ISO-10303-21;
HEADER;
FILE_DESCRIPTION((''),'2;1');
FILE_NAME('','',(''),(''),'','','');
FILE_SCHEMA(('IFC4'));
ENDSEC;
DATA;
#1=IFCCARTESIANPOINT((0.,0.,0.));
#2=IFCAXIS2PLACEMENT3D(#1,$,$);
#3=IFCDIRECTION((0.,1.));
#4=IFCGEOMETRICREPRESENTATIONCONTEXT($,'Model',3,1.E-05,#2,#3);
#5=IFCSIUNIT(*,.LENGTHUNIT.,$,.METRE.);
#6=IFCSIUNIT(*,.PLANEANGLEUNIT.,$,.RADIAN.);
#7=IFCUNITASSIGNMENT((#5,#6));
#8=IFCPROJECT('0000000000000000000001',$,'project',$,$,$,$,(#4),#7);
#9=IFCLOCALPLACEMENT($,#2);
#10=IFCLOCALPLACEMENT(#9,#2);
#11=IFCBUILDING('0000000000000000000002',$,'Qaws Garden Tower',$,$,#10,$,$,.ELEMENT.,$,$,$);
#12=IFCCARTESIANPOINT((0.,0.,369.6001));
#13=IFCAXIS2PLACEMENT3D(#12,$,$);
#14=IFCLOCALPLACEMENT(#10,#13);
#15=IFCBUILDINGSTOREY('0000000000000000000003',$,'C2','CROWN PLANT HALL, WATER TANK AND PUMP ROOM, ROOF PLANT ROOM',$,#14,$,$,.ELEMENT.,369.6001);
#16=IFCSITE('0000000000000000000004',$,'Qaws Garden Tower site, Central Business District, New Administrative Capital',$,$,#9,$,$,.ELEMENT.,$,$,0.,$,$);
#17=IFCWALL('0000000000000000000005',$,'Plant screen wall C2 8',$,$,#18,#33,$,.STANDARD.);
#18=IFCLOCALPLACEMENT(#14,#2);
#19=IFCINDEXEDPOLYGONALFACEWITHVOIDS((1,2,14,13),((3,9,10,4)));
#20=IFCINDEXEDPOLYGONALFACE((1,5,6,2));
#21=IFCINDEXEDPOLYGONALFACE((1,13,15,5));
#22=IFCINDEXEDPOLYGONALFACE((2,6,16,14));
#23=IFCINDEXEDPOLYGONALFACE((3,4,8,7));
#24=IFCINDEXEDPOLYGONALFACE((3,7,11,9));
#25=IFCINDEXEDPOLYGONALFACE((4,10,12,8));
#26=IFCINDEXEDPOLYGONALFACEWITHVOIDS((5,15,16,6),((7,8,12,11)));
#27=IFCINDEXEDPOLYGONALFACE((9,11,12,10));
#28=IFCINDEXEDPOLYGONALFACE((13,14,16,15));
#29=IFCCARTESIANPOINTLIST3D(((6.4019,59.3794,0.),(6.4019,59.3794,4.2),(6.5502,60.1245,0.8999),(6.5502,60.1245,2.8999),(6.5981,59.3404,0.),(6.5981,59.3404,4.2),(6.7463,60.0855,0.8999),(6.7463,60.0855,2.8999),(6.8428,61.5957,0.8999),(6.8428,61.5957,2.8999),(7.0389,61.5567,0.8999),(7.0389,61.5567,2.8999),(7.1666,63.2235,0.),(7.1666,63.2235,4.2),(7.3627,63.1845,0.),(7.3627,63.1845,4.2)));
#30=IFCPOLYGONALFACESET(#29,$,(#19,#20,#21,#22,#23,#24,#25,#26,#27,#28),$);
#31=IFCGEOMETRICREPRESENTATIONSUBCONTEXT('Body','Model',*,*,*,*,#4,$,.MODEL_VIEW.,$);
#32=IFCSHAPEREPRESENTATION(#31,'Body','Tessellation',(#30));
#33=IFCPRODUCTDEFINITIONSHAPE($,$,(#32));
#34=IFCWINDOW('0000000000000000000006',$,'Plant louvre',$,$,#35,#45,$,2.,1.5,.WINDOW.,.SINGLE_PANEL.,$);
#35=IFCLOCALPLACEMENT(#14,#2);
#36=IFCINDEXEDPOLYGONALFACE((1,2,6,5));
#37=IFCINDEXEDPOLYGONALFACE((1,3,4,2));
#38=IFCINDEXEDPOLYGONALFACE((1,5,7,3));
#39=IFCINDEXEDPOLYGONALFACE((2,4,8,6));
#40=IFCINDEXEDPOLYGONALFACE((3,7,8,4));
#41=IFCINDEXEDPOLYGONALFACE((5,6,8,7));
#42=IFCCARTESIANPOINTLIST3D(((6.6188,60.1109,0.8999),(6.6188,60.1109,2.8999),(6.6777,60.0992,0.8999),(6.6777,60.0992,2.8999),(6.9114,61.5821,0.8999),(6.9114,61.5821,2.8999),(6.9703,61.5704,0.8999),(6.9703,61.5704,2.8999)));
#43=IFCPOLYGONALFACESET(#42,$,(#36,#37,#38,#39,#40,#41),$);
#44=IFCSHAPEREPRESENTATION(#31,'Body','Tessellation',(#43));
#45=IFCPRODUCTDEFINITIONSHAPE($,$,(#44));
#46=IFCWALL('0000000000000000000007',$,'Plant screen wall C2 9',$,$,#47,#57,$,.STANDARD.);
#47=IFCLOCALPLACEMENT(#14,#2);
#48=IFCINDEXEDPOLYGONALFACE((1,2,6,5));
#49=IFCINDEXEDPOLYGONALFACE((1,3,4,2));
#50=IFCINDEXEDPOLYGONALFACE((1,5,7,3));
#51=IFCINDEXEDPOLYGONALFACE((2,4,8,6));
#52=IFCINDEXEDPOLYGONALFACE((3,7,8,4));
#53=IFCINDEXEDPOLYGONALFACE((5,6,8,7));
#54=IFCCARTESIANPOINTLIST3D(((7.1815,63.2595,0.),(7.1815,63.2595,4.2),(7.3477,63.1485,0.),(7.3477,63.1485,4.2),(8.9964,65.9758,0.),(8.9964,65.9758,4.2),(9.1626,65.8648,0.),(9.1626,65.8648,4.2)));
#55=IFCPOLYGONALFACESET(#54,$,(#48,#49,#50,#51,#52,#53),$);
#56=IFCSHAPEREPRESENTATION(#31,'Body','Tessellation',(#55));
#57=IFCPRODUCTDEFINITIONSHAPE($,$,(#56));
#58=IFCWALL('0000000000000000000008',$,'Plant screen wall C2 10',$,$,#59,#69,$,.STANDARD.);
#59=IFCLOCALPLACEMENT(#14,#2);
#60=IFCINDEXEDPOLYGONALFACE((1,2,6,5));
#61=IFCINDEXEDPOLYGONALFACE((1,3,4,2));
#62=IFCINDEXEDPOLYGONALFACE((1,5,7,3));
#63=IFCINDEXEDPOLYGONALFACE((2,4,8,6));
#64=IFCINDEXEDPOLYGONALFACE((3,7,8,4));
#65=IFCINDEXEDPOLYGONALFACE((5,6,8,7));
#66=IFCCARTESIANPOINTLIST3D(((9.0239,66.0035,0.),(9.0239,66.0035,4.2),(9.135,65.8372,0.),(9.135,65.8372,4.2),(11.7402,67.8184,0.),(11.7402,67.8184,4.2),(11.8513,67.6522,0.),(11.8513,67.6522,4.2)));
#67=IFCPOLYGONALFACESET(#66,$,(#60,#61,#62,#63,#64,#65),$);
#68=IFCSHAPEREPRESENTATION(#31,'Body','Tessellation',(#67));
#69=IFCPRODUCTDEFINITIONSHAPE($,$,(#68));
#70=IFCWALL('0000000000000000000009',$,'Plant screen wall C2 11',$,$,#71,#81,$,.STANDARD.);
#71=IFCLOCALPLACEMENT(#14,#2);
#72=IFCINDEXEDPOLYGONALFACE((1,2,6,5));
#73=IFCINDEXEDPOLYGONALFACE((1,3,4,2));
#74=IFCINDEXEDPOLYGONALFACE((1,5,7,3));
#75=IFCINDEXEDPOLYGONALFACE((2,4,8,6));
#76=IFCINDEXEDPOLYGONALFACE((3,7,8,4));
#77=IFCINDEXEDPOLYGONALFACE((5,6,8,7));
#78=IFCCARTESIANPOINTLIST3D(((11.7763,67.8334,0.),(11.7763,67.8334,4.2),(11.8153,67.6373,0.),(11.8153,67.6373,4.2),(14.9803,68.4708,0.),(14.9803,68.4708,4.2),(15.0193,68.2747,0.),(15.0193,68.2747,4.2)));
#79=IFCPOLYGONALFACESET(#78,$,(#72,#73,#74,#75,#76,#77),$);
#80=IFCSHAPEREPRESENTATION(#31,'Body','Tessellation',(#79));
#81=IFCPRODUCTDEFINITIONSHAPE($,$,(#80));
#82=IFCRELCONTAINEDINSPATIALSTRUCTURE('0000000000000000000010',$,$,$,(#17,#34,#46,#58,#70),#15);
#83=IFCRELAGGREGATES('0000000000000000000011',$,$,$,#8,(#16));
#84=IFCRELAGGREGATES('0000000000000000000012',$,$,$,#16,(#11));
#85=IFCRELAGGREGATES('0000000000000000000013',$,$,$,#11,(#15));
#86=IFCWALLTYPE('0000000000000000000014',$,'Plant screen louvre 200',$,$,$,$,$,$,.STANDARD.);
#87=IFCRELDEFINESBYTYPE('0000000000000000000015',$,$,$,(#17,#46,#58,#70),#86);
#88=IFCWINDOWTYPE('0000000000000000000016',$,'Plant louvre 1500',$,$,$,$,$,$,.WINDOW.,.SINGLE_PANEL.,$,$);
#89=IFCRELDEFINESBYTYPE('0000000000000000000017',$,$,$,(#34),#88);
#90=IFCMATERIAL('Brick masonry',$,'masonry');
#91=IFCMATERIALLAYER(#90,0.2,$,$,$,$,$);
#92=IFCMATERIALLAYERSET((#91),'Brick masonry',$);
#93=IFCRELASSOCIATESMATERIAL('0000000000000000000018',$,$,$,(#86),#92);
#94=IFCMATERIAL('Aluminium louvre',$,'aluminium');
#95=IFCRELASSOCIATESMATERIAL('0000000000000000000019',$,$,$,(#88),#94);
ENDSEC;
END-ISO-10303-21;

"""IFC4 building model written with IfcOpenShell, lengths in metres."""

from ifc_helpers import new_model, si_unit, direction, frame, frame_2d, origin, place, context, subcontext, project, spatial, rectangle, extrude, material, layer, layer_set, type_object, element, fill, save


model = new_model("IFC4")

# Units and contexts
model_context = context("Model", 3, precision=1e-05, world=origin(), true_north=direction((0.0, 1.0)))
body_context = subcontext(model_context, "Body", "Model", "MODEL_VIEW")
ifc_project = project(units=[si_unit("LENGTHUNIT", "METRE"), si_unit("PLANEANGLEUNIT", "RADIAN")], contexts=[model_context])

# Site, building, storey
site_placement = place(None, origin())
site = spatial("IfcSite", under=ifc_project, at=site_placement, Name="Qaws Garden Tower site, Central Business District, New Administrative Capital", CompositionType="ELEMENT", RefElevation=0.0)
building_placement = place(site_placement, origin())
building = spatial("IfcBuilding", under=site, at=building_placement, Name="Qaws Garden Tower", CompositionType="ELEMENT")
storey_placement = place(building_placement, frame((0.0, 0.0, 369.6001)))
storey = spatial("IfcBuildingStorey", under=building, at=storey_placement, Name="C2", Description="CROWN PLANT HALL, WATER TANK AND PUMP ROOM, ROOF PLANT ROOM", CompositionType="ELEMENT", Elevation=369.6001)

# Wall, opening, window
ifc_material_1 = material(Name="Brick masonry", Category="masonry")
ifc_layer_1 = layer(ifc_material_1, 0.2)
ifc_layer_set_1 = layer_set([ifc_layer_1], Name="Brick masonry")
wall_type_1 = type_object("IfcWallType", Name="Plant screen louvre 200", PredefinedType="STANDARD", material=ifc_layer_set_1)
wall_1_placement = place(storey_placement, frame((6.5, 59.3599, 0.0), z_axis=(0.0, 0.0, 1.0), x_axis=(0.195086, 0.980786, 0.0)))
wall_1 = element("IfcWall", 1, at=wall_1_placement, inside=storey, type_object=wall_type_1, Name="Plant screen wall C2 8", PredefinedType="STANDARD", context=body_context, shape_type="SweptSolid", body=[
    extrude(rectangle(XDim=3.9194, YDim=0.2, at=frame_2d((1.9597, 0.0))), origin(), (0.0, 0.0, 1.0), 4.2),
])
opening_1_placement = place(wall_1_placement, frame((0.7598, 0.0, 0.8999)))
opening_1 = element("IfcOpeningElement", 2, at=opening_1_placement, cuts=wall_1, PredefinedType="OPENING", context=body_context, shape_type="SweptSolid", body=[
    extrude(rectangle(XDim=1.5, YDim=2.0, at=frame_2d((0.75, 1.0))), frame((0.0, 0.1099, 0.0), z_axis=(0.0, -1.0, 0.0), x_axis=(1.0, 0.0, 0.0)), (0.0, 0.0, 1.0), 0.22),
])
ifc_material_2 = material(Name="Aluminium louvre", Category="aluminium")
window_type = type_object("IfcWindowType", Name="Plant louvre 1500", PartitioningType="SINGLE_PANEL", PredefinedType="WINDOW", material=ifc_material_2)
window_placement = place(opening_1_placement, origin())
window = element("IfcWindow", 3, at=window_placement, inside=storey, type_object=window_type, Name="Plant louvre", OverallHeight=2.0, OverallWidth=1.5, PartitioningType="SINGLE_PANEL", PredefinedType="WINDOW", context=body_context, shape_type="SweptSolid", body=[
    extrude(rectangle(XDim=1.5, YDim=2.0, at=frame_2d((0.75, 1.0))), frame((0.0, 0.03, 0.0), z_axis=(0.0, -1.0, 0.0), x_axis=(1.0, 0.0, 0.0)), (0.0, 0.0, 1.0), 0.0601),
])
fill(opening_1, window)

# Walls
for number, where, z_axis, x_axis, name in (
    (4, (7.2646, 63.2041, 0.0), (0.0, 0.0, 1.0), (0.555562, 0.831475, 0.0), "Plant screen wall C2 9"),
    (5, (9.0796, 65.9204, 0.0), (0.0, 0.0, 1.0), (0.831475, 0.555562, 0.0), "Plant screen wall C2 10"),
    (6, (11.7959, 67.7354, 0.0), (0.0, 0.0, 1.0), (0.980779, 0.195124, 0.0), "Plant screen wall C2 11"),
):
    element("IfcWall", number, at=place(storey_placement, frame(where, z_axis=z_axis, x_axis=x_axis)), inside=storey, type_object=wall_type_1, Name=name, PredefinedType="STANDARD", context=body_context, shape_type="SweptSolid", body=[
        extrude(rectangle(XDim=3.2668, YDim=0.2, at=frame_2d((1.6333, 0.0))), origin(), (0.0, 0.0, 1.0), 4.2),
    ])

save(model, "model.ifc")
